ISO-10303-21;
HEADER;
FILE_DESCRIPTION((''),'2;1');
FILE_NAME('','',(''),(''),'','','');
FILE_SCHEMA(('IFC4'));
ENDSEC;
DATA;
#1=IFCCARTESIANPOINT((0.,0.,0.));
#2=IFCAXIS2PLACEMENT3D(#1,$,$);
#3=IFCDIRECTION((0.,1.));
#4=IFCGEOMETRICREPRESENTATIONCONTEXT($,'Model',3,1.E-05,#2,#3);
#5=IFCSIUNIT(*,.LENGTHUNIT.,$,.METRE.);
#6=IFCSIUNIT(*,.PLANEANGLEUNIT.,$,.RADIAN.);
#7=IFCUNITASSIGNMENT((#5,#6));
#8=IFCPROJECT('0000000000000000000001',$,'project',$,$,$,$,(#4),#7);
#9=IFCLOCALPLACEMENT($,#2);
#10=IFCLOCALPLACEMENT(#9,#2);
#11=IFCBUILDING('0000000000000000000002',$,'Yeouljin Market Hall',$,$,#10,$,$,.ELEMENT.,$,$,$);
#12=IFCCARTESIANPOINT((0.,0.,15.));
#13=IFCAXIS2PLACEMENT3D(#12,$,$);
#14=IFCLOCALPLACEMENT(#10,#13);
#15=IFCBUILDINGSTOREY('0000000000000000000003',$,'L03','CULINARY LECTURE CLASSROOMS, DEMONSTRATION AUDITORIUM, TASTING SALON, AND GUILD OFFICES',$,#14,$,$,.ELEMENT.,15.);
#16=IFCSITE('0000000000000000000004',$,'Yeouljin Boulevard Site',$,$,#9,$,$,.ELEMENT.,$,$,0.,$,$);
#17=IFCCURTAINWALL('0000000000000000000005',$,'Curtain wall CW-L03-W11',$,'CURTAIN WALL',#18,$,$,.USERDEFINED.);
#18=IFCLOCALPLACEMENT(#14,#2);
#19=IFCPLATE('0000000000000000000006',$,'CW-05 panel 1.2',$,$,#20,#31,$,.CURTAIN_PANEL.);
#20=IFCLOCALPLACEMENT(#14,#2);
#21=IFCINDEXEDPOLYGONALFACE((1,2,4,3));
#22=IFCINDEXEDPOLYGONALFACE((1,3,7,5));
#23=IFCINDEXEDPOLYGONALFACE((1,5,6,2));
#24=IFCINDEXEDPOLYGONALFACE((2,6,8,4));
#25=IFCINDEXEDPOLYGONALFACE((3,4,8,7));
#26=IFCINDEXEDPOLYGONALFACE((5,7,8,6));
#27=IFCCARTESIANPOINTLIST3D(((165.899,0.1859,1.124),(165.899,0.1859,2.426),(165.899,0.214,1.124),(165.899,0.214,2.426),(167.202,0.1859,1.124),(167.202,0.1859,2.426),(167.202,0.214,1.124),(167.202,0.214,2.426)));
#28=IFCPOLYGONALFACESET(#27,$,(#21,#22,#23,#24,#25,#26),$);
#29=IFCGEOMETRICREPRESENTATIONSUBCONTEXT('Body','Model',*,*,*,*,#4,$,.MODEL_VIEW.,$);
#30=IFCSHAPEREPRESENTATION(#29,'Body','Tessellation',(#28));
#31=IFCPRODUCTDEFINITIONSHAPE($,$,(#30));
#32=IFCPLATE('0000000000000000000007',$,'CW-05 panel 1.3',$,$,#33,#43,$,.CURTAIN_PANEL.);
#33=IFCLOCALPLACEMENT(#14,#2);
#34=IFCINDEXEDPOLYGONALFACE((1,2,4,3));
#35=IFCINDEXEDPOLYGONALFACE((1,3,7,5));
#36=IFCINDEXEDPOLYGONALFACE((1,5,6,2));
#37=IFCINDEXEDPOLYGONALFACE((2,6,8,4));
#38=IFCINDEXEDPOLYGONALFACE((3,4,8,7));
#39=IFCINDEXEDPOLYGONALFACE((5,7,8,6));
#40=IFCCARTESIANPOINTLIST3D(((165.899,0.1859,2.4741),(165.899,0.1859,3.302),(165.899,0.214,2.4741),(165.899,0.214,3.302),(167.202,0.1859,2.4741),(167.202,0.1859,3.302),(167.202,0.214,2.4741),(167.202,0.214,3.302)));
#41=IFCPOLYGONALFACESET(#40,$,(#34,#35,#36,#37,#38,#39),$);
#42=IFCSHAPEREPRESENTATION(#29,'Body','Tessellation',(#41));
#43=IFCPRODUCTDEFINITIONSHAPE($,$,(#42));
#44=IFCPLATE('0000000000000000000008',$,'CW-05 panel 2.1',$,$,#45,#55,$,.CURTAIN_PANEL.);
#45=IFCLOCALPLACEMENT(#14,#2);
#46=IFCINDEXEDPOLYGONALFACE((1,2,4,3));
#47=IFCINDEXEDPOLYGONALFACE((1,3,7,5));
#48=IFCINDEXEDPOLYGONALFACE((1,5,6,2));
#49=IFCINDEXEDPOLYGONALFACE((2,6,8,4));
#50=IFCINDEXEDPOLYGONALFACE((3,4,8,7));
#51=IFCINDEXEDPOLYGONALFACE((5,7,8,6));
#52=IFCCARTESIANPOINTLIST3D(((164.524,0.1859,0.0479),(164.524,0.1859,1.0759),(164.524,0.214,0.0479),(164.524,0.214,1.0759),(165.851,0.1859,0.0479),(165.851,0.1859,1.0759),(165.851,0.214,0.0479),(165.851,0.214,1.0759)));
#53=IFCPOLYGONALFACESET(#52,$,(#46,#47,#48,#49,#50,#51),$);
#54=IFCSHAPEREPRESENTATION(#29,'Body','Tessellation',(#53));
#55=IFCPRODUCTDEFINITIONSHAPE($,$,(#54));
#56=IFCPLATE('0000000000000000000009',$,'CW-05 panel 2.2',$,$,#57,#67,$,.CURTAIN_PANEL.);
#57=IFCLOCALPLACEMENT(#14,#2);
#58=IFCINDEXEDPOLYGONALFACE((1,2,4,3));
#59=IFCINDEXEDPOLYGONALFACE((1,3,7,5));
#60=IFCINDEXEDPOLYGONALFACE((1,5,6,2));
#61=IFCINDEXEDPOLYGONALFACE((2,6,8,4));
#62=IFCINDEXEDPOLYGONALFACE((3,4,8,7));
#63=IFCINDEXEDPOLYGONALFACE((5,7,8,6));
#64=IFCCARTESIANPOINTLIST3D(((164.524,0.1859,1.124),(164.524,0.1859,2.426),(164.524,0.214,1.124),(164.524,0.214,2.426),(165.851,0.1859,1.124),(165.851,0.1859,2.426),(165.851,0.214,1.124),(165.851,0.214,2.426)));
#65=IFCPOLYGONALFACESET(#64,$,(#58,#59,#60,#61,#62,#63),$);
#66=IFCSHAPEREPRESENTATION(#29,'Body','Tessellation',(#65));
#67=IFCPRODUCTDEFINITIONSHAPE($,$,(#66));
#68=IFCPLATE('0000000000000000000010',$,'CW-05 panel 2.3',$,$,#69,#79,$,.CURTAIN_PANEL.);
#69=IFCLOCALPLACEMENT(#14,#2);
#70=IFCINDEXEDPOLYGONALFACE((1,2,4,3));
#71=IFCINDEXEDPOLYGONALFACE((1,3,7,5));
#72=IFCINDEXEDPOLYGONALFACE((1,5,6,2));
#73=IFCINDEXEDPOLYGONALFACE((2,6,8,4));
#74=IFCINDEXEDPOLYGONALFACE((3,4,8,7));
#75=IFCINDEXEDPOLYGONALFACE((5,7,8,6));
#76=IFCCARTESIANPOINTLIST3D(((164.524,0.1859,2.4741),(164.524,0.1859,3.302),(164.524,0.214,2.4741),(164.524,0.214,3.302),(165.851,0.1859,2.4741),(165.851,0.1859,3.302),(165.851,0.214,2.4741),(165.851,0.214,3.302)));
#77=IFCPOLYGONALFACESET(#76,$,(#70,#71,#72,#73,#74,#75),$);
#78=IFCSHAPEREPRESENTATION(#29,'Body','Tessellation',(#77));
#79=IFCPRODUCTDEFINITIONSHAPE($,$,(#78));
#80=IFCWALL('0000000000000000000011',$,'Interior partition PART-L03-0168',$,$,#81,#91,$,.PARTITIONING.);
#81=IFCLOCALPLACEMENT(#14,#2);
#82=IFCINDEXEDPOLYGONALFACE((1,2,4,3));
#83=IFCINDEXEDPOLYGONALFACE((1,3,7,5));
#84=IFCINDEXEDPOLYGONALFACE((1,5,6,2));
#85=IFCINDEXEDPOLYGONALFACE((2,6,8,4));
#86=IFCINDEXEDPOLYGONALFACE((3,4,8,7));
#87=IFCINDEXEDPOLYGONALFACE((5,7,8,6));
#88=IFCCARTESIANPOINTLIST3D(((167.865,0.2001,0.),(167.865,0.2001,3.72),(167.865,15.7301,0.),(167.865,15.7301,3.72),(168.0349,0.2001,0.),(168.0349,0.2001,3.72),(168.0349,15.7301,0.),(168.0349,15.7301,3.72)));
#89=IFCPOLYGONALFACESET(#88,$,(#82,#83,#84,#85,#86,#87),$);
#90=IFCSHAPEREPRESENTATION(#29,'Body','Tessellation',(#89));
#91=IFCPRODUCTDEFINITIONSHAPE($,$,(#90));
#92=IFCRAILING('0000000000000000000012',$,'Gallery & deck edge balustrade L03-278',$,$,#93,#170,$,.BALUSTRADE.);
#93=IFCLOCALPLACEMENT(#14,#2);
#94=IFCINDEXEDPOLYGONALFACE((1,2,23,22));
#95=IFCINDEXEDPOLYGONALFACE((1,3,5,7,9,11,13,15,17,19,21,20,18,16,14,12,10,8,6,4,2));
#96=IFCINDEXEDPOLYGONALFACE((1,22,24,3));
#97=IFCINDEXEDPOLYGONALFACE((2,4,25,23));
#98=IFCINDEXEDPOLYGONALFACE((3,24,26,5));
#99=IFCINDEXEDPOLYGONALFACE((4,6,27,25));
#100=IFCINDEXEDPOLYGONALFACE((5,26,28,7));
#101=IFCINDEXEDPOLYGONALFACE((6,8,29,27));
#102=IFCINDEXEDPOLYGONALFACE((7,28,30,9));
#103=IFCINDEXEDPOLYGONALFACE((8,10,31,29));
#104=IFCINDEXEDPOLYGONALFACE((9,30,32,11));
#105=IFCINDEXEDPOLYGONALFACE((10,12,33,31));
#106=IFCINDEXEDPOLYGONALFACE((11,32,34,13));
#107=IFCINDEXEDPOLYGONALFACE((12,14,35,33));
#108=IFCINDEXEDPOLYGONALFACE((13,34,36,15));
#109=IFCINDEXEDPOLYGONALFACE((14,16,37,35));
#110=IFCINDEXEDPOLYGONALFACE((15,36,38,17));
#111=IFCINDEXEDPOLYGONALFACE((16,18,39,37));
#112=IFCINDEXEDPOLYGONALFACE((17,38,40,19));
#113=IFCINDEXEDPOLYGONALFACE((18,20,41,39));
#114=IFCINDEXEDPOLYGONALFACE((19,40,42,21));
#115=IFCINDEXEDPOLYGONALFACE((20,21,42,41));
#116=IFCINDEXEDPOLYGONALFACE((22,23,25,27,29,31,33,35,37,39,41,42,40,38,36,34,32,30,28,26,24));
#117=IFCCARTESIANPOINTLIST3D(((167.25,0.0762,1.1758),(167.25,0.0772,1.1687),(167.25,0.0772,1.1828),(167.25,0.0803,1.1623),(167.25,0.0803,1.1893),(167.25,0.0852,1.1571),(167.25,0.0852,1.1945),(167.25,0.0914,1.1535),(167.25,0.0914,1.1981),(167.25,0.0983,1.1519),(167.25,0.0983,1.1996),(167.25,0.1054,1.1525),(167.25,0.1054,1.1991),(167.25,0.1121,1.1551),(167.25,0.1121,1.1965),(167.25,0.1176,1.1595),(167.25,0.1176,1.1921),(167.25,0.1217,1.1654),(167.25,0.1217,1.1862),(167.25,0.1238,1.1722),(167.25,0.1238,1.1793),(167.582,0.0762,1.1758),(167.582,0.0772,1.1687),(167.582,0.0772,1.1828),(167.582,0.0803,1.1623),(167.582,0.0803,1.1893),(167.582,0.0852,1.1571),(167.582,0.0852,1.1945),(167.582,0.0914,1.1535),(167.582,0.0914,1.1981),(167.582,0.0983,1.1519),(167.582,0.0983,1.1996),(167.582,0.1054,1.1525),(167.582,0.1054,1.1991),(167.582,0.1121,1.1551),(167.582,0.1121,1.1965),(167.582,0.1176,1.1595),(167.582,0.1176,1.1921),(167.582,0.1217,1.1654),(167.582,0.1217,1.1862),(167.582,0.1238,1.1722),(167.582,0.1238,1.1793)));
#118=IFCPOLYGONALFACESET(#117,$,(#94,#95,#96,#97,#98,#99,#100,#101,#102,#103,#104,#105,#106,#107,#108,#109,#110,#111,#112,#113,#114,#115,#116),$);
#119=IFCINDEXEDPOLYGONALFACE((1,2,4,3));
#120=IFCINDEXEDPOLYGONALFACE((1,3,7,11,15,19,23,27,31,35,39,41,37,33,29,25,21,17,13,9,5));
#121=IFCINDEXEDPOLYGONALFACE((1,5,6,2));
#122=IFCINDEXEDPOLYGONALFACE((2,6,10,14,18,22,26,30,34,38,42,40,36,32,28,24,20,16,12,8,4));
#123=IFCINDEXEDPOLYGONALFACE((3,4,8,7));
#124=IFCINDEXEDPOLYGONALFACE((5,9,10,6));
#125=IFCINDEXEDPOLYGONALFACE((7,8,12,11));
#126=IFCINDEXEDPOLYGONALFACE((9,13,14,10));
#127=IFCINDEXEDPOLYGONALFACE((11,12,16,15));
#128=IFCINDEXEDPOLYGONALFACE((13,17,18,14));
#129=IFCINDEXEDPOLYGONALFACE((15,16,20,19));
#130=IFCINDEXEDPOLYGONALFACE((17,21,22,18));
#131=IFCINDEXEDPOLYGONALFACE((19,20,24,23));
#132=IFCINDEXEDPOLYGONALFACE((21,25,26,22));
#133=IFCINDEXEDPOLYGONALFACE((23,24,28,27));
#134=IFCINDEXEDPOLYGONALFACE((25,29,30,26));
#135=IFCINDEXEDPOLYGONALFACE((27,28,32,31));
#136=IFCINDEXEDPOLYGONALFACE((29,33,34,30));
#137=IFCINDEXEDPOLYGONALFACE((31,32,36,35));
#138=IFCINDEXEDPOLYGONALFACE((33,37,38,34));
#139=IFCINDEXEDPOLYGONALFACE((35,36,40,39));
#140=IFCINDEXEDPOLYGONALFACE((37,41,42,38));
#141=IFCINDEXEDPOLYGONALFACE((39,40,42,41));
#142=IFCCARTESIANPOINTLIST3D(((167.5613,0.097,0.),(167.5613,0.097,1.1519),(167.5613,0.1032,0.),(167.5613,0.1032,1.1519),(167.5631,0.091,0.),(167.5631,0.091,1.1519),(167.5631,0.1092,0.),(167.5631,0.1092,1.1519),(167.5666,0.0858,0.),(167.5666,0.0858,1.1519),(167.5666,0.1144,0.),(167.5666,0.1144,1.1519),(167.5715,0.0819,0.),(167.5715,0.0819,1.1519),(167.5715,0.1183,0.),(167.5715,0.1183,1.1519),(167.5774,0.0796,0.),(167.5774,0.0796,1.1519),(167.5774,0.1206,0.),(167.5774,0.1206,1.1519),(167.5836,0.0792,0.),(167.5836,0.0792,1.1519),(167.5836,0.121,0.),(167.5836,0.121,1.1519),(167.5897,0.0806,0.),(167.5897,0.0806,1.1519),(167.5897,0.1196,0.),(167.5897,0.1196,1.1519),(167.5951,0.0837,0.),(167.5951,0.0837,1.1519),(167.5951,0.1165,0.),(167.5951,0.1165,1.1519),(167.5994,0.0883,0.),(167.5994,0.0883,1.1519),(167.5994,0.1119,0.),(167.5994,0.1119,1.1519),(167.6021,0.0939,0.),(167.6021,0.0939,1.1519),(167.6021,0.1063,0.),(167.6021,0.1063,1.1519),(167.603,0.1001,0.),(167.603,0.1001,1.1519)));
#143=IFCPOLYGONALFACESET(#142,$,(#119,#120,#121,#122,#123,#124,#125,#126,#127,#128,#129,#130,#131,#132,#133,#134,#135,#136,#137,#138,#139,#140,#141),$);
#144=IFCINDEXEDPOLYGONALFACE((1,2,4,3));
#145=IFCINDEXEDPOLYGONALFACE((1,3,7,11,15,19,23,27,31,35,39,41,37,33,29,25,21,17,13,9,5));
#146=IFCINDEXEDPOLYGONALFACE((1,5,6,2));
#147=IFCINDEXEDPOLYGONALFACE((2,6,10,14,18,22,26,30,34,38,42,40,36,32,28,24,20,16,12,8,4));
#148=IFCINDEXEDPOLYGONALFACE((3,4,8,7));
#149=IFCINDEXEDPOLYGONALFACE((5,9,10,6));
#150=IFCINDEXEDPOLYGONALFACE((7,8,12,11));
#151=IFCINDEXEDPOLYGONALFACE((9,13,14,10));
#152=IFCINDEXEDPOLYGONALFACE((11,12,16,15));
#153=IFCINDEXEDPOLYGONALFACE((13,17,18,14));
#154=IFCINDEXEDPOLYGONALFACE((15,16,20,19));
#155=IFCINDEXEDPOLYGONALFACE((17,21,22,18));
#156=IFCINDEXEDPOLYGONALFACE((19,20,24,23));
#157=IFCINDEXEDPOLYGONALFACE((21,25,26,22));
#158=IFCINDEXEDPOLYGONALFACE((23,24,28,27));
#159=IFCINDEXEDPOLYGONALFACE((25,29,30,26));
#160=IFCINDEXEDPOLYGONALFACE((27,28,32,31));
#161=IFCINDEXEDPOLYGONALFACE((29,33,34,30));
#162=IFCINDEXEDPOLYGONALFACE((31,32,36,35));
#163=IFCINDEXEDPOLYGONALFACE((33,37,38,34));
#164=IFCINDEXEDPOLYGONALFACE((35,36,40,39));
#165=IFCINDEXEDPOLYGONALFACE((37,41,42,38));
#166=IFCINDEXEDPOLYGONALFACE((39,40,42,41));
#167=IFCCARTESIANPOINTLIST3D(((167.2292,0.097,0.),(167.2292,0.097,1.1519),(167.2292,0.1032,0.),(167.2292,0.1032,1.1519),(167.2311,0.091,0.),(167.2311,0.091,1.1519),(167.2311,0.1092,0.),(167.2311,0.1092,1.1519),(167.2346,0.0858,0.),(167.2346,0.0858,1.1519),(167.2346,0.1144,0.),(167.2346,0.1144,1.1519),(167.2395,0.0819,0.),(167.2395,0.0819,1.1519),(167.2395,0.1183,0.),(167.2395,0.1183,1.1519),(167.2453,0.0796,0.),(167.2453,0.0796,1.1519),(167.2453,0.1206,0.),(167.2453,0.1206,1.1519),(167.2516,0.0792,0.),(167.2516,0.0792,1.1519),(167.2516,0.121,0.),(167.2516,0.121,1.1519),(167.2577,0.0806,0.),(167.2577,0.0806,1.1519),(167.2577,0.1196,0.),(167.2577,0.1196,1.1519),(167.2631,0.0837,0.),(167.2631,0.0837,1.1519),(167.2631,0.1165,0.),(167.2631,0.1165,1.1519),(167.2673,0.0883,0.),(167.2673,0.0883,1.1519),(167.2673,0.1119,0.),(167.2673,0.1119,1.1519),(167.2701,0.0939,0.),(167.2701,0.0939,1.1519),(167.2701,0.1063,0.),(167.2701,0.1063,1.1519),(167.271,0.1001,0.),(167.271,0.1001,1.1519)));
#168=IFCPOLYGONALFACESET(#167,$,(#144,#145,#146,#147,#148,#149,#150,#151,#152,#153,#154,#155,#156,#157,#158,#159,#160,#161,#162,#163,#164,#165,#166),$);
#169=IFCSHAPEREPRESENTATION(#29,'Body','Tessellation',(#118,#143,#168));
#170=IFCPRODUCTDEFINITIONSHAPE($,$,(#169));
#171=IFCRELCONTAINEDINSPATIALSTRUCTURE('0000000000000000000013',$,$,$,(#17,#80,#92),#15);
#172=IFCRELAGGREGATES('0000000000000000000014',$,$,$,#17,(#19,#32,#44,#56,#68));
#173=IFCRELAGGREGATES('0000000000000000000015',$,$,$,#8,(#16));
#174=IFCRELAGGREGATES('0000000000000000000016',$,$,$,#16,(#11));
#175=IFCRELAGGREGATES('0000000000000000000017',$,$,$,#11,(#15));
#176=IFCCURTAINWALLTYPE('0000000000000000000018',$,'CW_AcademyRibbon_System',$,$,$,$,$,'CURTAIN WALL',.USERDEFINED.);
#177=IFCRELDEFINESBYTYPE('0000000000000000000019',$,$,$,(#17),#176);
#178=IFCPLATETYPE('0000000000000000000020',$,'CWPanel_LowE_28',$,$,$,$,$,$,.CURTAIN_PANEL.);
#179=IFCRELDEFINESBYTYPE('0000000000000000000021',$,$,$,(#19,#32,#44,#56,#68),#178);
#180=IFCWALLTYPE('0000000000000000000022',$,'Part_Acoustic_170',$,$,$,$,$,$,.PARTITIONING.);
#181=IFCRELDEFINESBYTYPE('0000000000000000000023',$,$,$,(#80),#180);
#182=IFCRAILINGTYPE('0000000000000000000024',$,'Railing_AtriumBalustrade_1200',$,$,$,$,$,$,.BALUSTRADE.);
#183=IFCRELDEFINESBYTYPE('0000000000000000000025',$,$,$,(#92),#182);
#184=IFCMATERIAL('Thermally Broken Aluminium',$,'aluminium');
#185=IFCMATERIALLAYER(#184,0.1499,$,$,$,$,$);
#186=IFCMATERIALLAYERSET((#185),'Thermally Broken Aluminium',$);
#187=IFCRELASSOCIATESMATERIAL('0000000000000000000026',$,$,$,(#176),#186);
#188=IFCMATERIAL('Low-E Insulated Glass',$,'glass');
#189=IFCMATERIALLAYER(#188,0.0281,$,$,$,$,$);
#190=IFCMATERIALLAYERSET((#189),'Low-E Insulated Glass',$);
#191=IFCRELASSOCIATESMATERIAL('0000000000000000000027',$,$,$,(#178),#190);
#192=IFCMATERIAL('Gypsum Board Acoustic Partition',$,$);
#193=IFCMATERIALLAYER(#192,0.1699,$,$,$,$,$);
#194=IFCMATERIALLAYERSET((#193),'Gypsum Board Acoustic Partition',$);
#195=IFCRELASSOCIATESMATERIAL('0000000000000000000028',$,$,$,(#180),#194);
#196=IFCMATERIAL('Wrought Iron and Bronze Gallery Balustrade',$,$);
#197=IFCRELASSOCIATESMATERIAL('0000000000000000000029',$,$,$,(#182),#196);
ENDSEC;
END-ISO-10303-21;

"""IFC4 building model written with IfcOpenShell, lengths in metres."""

from ifc_helpers import new_model, si_unit, direction, frame, frame_2d, origin, origin_2d, place, context, subcontext, project, spatial, rectangle, circle, extrude, material, layer, layer_set, type_object, element, aggregate, save


model = new_model("IFC4")

# Units and contexts
model_context = context("Model", 3, precision=1e-05, world=origin(), true_north=direction((0.0, 1.0)))
body_context = subcontext(model_context, "Body", "Model", "MODEL_VIEW")
ifc_project = project(units=[si_unit("LENGTHUNIT", "METRE"), si_unit("PLANEANGLEUNIT", "RADIAN")], contexts=[model_context])

# Site, building, storey
site_placement = place(None, origin())
site = spatial("IfcSite", under=ifc_project, at=site_placement, Name="Yeouljin Boulevard Site", CompositionType="ELEMENT", RefElevation=0.0)
building_placement = place(site_placement, origin())
building = spatial("IfcBuilding", under=site, at=building_placement, Name="Yeouljin Market Hall", CompositionType="ELEMENT")
storey_placement = place(building_placement, frame((0.0, 0.0, 15.0)))
storey = spatial("IfcBuildingStorey", under=building, at=storey_placement, Name="L03", Description="CULINARY LECTURE CLASSROOMS, DEMONSTRATION AUDITORIUM, TASTING SALON, AND GUILD OFFICES", CompositionType="ELEMENT", Elevation=15.0)

# Curtain wall
ifc_material_1 = material(Name="Thermally Broken Aluminium", Category="aluminium")
ifc_layer_1 = layer(ifc_material_1, 0.1499)
ifc_layer_set_1 = layer_set([ifc_layer_1], Name="Thermally Broken Aluminium")
curtain_wall_type = type_object("IfcCurtainWallType", Name="CW_AcademyRibbon_System", ElementType="CURTAIN WALL", PredefinedType="USERDEFINED", material=ifc_layer_set_1)
curtain_wall_placement = place(storey_placement, origin())
curtain_wall = element("IfcCurtainWall", 1, at=curtain_wall_placement, inside=storey, type_object=curtain_wall_type, Name="Curtain wall CW-L03-W11", ObjectType="CURTAIN WALL", PredefinedType="USERDEFINED")

# Plates
ifc_material_2 = material(Name="Low-E Insulated Glass", Category="glass")
ifc_layer_2 = layer(ifc_material_2, 0.0281)
ifc_layer_set_2 = layer_set([ifc_layer_2], Name="Low-E Insulated Glass")
plate_type = type_object("IfcPlateType", Name="CWPanel_LowE_28", PredefinedType="CURTAIN_PANEL", material=ifc_layer_set_2)
plate_1_placement = place(storey_placement, frame((166.5505, 0.2, 1.124), z_axis=(0.0, 0.0, 1.0), x_axis=(-1.0, 0.0, 0.0)))
plate_1 = element("IfcPlate", 2, at=plate_1_placement, type_object=plate_type, Name="CW-05 panel 1.2", PredefinedType="CURTAIN_PANEL", context=body_context, shape_type="SweptSolid", body=[
    extrude(rectangle(XDim=1.303, YDim=0.0281, at=origin_2d()), origin(), (0.0, 0.0, 1.0), 1.302),
])
plate_2_placement = place(storey_placement, frame((166.5505, 0.2, 2.4741), z_axis=(0.0, 0.0, 1.0), x_axis=(-1.0, 0.0, 0.0)))
plate_2 = element("IfcPlate", 3, at=plate_2_placement, type_object=plate_type, Name="CW-05 panel 1.3", PredefinedType="CURTAIN_PANEL", context=body_context, shape_type="SweptSolid", body=[
    extrude(rectangle(XDim=1.303, YDim=0.0281, at=origin_2d()), origin(), (0.0, 0.0, 1.0), 0.8279),
])
plate_3_placement = place(storey_placement, frame((165.1875, 0.2, 0.0479), z_axis=(0.0, 0.0, 1.0), x_axis=(-1.0, 0.0, 0.0)))
plate_3 = element("IfcPlate", 4, at=plate_3_placement, type_object=plate_type, Name="CW-05 panel 2.1", PredefinedType="CURTAIN_PANEL", context=body_context, shape_type="SweptSolid", body=[
    extrude(rectangle(XDim=1.3269, YDim=0.0281, at=origin_2d()), origin(), (0.0, 0.0, 1.0), 1.0281),
])
plate_4_placement = place(storey_placement, frame((165.1875, 0.2, 1.124), z_axis=(0.0, 0.0, 1.0), x_axis=(-1.0, 0.0, 0.0)))
plate_4 = element("IfcPlate", 5, at=plate_4_placement, type_object=plate_type, Name="CW-05 panel 2.2", PredefinedType="CURTAIN_PANEL", context=body_context, shape_type="SweptSolid", body=[
    extrude(rectangle(XDim=1.3269, YDim=0.0281, at=origin_2d()), origin(), (0.0, 0.0, 1.0), 1.302),
])
plate_5_placement = place(storey_placement, frame((165.1875, 0.2, 2.4741), z_axis=(0.0, 0.0, 1.0), x_axis=(-1.0, 0.0, 0.0)))
plate_5 = element("IfcPlate", 6, at=plate_5_placement, type_object=plate_type, Name="CW-05 panel 2.3", PredefinedType="CURTAIN_PANEL", context=body_context, shape_type="SweptSolid", body=[
    extrude(rectangle(XDim=1.3269, YDim=0.0281, at=origin_2d()), origin(), (0.0, 0.0, 1.0), 0.8279),
])
aggregate(curtain_wall, [plate_1, plate_2, plate_3, plate_4, plate_5])

# Wall
ifc_material_3 = material(Name="Gypsum Board Acoustic Partition")
ifc_layer_3 = layer(ifc_material_3, 0.1699)
ifc_layer_set_3 = layer_set([ifc_layer_3], Name="Gypsum Board Acoustic Partition")
wall_type = type_object("IfcWallType", Name="Part_Acoustic_170", PredefinedType="PARTITIONING", material=ifc_layer_set_3)
wall_placement = place(storey_placement, frame((167.95, 0.2, 0.0), z_axis=(0.0, 0.0, 1.0), x_axis=(0.0, 1.0, 0.0)))
element("IfcWall", 7, at=wall_placement, inside=storey, type_object=wall_type, Name="Interior partition PART-L03-0168", PredefinedType="PARTITIONING", context=body_context, shape_type="SweptSolid", body=[
    extrude(rectangle(XDim=15.53, YDim=0.1699, at=frame_2d((7.7651, 0.0))), origin(), (0.0, 0.0, 1.0), 3.72),
])

# Railing
ifc_material_4 = material(Name="Wrought Iron and Bronze Gallery Balustrade")
railing_type = type_object("IfcRailingType", Name="Railing_AtriumBalustrade_1200", PredefinedType="BALUSTRADE", material=ifc_material_4)
railing_placement = place(storey_placement, frame((167.582, 0.1001, 0.0)))
element("IfcRailing", 8, at=railing_placement, inside=storey, type_object=railing_type, Name="Gallery & deck edge balustrade L03-278", PredefinedType="BALUSTRADE", context=body_context, shape_type="SweptSolid", body=[
    extrude(circle(Radius=0.0239, at=origin_2d()), frame((0.0, 0.0, 1.1758), z_axis=(-1.0, 0.0, 0.0), x_axis=(0.0, -1.0, 0.0)), (0.0, 0.0, 1.0), 0.332),
    extrude(circle(Radius=0.021, at=origin_2d()), origin(), (0.0, 0.0, 1.0), 1.1519),
    extrude(circle(Radius=0.021, at=origin_2d()), frame((-0.332, 0.0, 0.0)), (0.0, 0.0, 1.0), 1.1519),
])

save(model, "model.ifc")
